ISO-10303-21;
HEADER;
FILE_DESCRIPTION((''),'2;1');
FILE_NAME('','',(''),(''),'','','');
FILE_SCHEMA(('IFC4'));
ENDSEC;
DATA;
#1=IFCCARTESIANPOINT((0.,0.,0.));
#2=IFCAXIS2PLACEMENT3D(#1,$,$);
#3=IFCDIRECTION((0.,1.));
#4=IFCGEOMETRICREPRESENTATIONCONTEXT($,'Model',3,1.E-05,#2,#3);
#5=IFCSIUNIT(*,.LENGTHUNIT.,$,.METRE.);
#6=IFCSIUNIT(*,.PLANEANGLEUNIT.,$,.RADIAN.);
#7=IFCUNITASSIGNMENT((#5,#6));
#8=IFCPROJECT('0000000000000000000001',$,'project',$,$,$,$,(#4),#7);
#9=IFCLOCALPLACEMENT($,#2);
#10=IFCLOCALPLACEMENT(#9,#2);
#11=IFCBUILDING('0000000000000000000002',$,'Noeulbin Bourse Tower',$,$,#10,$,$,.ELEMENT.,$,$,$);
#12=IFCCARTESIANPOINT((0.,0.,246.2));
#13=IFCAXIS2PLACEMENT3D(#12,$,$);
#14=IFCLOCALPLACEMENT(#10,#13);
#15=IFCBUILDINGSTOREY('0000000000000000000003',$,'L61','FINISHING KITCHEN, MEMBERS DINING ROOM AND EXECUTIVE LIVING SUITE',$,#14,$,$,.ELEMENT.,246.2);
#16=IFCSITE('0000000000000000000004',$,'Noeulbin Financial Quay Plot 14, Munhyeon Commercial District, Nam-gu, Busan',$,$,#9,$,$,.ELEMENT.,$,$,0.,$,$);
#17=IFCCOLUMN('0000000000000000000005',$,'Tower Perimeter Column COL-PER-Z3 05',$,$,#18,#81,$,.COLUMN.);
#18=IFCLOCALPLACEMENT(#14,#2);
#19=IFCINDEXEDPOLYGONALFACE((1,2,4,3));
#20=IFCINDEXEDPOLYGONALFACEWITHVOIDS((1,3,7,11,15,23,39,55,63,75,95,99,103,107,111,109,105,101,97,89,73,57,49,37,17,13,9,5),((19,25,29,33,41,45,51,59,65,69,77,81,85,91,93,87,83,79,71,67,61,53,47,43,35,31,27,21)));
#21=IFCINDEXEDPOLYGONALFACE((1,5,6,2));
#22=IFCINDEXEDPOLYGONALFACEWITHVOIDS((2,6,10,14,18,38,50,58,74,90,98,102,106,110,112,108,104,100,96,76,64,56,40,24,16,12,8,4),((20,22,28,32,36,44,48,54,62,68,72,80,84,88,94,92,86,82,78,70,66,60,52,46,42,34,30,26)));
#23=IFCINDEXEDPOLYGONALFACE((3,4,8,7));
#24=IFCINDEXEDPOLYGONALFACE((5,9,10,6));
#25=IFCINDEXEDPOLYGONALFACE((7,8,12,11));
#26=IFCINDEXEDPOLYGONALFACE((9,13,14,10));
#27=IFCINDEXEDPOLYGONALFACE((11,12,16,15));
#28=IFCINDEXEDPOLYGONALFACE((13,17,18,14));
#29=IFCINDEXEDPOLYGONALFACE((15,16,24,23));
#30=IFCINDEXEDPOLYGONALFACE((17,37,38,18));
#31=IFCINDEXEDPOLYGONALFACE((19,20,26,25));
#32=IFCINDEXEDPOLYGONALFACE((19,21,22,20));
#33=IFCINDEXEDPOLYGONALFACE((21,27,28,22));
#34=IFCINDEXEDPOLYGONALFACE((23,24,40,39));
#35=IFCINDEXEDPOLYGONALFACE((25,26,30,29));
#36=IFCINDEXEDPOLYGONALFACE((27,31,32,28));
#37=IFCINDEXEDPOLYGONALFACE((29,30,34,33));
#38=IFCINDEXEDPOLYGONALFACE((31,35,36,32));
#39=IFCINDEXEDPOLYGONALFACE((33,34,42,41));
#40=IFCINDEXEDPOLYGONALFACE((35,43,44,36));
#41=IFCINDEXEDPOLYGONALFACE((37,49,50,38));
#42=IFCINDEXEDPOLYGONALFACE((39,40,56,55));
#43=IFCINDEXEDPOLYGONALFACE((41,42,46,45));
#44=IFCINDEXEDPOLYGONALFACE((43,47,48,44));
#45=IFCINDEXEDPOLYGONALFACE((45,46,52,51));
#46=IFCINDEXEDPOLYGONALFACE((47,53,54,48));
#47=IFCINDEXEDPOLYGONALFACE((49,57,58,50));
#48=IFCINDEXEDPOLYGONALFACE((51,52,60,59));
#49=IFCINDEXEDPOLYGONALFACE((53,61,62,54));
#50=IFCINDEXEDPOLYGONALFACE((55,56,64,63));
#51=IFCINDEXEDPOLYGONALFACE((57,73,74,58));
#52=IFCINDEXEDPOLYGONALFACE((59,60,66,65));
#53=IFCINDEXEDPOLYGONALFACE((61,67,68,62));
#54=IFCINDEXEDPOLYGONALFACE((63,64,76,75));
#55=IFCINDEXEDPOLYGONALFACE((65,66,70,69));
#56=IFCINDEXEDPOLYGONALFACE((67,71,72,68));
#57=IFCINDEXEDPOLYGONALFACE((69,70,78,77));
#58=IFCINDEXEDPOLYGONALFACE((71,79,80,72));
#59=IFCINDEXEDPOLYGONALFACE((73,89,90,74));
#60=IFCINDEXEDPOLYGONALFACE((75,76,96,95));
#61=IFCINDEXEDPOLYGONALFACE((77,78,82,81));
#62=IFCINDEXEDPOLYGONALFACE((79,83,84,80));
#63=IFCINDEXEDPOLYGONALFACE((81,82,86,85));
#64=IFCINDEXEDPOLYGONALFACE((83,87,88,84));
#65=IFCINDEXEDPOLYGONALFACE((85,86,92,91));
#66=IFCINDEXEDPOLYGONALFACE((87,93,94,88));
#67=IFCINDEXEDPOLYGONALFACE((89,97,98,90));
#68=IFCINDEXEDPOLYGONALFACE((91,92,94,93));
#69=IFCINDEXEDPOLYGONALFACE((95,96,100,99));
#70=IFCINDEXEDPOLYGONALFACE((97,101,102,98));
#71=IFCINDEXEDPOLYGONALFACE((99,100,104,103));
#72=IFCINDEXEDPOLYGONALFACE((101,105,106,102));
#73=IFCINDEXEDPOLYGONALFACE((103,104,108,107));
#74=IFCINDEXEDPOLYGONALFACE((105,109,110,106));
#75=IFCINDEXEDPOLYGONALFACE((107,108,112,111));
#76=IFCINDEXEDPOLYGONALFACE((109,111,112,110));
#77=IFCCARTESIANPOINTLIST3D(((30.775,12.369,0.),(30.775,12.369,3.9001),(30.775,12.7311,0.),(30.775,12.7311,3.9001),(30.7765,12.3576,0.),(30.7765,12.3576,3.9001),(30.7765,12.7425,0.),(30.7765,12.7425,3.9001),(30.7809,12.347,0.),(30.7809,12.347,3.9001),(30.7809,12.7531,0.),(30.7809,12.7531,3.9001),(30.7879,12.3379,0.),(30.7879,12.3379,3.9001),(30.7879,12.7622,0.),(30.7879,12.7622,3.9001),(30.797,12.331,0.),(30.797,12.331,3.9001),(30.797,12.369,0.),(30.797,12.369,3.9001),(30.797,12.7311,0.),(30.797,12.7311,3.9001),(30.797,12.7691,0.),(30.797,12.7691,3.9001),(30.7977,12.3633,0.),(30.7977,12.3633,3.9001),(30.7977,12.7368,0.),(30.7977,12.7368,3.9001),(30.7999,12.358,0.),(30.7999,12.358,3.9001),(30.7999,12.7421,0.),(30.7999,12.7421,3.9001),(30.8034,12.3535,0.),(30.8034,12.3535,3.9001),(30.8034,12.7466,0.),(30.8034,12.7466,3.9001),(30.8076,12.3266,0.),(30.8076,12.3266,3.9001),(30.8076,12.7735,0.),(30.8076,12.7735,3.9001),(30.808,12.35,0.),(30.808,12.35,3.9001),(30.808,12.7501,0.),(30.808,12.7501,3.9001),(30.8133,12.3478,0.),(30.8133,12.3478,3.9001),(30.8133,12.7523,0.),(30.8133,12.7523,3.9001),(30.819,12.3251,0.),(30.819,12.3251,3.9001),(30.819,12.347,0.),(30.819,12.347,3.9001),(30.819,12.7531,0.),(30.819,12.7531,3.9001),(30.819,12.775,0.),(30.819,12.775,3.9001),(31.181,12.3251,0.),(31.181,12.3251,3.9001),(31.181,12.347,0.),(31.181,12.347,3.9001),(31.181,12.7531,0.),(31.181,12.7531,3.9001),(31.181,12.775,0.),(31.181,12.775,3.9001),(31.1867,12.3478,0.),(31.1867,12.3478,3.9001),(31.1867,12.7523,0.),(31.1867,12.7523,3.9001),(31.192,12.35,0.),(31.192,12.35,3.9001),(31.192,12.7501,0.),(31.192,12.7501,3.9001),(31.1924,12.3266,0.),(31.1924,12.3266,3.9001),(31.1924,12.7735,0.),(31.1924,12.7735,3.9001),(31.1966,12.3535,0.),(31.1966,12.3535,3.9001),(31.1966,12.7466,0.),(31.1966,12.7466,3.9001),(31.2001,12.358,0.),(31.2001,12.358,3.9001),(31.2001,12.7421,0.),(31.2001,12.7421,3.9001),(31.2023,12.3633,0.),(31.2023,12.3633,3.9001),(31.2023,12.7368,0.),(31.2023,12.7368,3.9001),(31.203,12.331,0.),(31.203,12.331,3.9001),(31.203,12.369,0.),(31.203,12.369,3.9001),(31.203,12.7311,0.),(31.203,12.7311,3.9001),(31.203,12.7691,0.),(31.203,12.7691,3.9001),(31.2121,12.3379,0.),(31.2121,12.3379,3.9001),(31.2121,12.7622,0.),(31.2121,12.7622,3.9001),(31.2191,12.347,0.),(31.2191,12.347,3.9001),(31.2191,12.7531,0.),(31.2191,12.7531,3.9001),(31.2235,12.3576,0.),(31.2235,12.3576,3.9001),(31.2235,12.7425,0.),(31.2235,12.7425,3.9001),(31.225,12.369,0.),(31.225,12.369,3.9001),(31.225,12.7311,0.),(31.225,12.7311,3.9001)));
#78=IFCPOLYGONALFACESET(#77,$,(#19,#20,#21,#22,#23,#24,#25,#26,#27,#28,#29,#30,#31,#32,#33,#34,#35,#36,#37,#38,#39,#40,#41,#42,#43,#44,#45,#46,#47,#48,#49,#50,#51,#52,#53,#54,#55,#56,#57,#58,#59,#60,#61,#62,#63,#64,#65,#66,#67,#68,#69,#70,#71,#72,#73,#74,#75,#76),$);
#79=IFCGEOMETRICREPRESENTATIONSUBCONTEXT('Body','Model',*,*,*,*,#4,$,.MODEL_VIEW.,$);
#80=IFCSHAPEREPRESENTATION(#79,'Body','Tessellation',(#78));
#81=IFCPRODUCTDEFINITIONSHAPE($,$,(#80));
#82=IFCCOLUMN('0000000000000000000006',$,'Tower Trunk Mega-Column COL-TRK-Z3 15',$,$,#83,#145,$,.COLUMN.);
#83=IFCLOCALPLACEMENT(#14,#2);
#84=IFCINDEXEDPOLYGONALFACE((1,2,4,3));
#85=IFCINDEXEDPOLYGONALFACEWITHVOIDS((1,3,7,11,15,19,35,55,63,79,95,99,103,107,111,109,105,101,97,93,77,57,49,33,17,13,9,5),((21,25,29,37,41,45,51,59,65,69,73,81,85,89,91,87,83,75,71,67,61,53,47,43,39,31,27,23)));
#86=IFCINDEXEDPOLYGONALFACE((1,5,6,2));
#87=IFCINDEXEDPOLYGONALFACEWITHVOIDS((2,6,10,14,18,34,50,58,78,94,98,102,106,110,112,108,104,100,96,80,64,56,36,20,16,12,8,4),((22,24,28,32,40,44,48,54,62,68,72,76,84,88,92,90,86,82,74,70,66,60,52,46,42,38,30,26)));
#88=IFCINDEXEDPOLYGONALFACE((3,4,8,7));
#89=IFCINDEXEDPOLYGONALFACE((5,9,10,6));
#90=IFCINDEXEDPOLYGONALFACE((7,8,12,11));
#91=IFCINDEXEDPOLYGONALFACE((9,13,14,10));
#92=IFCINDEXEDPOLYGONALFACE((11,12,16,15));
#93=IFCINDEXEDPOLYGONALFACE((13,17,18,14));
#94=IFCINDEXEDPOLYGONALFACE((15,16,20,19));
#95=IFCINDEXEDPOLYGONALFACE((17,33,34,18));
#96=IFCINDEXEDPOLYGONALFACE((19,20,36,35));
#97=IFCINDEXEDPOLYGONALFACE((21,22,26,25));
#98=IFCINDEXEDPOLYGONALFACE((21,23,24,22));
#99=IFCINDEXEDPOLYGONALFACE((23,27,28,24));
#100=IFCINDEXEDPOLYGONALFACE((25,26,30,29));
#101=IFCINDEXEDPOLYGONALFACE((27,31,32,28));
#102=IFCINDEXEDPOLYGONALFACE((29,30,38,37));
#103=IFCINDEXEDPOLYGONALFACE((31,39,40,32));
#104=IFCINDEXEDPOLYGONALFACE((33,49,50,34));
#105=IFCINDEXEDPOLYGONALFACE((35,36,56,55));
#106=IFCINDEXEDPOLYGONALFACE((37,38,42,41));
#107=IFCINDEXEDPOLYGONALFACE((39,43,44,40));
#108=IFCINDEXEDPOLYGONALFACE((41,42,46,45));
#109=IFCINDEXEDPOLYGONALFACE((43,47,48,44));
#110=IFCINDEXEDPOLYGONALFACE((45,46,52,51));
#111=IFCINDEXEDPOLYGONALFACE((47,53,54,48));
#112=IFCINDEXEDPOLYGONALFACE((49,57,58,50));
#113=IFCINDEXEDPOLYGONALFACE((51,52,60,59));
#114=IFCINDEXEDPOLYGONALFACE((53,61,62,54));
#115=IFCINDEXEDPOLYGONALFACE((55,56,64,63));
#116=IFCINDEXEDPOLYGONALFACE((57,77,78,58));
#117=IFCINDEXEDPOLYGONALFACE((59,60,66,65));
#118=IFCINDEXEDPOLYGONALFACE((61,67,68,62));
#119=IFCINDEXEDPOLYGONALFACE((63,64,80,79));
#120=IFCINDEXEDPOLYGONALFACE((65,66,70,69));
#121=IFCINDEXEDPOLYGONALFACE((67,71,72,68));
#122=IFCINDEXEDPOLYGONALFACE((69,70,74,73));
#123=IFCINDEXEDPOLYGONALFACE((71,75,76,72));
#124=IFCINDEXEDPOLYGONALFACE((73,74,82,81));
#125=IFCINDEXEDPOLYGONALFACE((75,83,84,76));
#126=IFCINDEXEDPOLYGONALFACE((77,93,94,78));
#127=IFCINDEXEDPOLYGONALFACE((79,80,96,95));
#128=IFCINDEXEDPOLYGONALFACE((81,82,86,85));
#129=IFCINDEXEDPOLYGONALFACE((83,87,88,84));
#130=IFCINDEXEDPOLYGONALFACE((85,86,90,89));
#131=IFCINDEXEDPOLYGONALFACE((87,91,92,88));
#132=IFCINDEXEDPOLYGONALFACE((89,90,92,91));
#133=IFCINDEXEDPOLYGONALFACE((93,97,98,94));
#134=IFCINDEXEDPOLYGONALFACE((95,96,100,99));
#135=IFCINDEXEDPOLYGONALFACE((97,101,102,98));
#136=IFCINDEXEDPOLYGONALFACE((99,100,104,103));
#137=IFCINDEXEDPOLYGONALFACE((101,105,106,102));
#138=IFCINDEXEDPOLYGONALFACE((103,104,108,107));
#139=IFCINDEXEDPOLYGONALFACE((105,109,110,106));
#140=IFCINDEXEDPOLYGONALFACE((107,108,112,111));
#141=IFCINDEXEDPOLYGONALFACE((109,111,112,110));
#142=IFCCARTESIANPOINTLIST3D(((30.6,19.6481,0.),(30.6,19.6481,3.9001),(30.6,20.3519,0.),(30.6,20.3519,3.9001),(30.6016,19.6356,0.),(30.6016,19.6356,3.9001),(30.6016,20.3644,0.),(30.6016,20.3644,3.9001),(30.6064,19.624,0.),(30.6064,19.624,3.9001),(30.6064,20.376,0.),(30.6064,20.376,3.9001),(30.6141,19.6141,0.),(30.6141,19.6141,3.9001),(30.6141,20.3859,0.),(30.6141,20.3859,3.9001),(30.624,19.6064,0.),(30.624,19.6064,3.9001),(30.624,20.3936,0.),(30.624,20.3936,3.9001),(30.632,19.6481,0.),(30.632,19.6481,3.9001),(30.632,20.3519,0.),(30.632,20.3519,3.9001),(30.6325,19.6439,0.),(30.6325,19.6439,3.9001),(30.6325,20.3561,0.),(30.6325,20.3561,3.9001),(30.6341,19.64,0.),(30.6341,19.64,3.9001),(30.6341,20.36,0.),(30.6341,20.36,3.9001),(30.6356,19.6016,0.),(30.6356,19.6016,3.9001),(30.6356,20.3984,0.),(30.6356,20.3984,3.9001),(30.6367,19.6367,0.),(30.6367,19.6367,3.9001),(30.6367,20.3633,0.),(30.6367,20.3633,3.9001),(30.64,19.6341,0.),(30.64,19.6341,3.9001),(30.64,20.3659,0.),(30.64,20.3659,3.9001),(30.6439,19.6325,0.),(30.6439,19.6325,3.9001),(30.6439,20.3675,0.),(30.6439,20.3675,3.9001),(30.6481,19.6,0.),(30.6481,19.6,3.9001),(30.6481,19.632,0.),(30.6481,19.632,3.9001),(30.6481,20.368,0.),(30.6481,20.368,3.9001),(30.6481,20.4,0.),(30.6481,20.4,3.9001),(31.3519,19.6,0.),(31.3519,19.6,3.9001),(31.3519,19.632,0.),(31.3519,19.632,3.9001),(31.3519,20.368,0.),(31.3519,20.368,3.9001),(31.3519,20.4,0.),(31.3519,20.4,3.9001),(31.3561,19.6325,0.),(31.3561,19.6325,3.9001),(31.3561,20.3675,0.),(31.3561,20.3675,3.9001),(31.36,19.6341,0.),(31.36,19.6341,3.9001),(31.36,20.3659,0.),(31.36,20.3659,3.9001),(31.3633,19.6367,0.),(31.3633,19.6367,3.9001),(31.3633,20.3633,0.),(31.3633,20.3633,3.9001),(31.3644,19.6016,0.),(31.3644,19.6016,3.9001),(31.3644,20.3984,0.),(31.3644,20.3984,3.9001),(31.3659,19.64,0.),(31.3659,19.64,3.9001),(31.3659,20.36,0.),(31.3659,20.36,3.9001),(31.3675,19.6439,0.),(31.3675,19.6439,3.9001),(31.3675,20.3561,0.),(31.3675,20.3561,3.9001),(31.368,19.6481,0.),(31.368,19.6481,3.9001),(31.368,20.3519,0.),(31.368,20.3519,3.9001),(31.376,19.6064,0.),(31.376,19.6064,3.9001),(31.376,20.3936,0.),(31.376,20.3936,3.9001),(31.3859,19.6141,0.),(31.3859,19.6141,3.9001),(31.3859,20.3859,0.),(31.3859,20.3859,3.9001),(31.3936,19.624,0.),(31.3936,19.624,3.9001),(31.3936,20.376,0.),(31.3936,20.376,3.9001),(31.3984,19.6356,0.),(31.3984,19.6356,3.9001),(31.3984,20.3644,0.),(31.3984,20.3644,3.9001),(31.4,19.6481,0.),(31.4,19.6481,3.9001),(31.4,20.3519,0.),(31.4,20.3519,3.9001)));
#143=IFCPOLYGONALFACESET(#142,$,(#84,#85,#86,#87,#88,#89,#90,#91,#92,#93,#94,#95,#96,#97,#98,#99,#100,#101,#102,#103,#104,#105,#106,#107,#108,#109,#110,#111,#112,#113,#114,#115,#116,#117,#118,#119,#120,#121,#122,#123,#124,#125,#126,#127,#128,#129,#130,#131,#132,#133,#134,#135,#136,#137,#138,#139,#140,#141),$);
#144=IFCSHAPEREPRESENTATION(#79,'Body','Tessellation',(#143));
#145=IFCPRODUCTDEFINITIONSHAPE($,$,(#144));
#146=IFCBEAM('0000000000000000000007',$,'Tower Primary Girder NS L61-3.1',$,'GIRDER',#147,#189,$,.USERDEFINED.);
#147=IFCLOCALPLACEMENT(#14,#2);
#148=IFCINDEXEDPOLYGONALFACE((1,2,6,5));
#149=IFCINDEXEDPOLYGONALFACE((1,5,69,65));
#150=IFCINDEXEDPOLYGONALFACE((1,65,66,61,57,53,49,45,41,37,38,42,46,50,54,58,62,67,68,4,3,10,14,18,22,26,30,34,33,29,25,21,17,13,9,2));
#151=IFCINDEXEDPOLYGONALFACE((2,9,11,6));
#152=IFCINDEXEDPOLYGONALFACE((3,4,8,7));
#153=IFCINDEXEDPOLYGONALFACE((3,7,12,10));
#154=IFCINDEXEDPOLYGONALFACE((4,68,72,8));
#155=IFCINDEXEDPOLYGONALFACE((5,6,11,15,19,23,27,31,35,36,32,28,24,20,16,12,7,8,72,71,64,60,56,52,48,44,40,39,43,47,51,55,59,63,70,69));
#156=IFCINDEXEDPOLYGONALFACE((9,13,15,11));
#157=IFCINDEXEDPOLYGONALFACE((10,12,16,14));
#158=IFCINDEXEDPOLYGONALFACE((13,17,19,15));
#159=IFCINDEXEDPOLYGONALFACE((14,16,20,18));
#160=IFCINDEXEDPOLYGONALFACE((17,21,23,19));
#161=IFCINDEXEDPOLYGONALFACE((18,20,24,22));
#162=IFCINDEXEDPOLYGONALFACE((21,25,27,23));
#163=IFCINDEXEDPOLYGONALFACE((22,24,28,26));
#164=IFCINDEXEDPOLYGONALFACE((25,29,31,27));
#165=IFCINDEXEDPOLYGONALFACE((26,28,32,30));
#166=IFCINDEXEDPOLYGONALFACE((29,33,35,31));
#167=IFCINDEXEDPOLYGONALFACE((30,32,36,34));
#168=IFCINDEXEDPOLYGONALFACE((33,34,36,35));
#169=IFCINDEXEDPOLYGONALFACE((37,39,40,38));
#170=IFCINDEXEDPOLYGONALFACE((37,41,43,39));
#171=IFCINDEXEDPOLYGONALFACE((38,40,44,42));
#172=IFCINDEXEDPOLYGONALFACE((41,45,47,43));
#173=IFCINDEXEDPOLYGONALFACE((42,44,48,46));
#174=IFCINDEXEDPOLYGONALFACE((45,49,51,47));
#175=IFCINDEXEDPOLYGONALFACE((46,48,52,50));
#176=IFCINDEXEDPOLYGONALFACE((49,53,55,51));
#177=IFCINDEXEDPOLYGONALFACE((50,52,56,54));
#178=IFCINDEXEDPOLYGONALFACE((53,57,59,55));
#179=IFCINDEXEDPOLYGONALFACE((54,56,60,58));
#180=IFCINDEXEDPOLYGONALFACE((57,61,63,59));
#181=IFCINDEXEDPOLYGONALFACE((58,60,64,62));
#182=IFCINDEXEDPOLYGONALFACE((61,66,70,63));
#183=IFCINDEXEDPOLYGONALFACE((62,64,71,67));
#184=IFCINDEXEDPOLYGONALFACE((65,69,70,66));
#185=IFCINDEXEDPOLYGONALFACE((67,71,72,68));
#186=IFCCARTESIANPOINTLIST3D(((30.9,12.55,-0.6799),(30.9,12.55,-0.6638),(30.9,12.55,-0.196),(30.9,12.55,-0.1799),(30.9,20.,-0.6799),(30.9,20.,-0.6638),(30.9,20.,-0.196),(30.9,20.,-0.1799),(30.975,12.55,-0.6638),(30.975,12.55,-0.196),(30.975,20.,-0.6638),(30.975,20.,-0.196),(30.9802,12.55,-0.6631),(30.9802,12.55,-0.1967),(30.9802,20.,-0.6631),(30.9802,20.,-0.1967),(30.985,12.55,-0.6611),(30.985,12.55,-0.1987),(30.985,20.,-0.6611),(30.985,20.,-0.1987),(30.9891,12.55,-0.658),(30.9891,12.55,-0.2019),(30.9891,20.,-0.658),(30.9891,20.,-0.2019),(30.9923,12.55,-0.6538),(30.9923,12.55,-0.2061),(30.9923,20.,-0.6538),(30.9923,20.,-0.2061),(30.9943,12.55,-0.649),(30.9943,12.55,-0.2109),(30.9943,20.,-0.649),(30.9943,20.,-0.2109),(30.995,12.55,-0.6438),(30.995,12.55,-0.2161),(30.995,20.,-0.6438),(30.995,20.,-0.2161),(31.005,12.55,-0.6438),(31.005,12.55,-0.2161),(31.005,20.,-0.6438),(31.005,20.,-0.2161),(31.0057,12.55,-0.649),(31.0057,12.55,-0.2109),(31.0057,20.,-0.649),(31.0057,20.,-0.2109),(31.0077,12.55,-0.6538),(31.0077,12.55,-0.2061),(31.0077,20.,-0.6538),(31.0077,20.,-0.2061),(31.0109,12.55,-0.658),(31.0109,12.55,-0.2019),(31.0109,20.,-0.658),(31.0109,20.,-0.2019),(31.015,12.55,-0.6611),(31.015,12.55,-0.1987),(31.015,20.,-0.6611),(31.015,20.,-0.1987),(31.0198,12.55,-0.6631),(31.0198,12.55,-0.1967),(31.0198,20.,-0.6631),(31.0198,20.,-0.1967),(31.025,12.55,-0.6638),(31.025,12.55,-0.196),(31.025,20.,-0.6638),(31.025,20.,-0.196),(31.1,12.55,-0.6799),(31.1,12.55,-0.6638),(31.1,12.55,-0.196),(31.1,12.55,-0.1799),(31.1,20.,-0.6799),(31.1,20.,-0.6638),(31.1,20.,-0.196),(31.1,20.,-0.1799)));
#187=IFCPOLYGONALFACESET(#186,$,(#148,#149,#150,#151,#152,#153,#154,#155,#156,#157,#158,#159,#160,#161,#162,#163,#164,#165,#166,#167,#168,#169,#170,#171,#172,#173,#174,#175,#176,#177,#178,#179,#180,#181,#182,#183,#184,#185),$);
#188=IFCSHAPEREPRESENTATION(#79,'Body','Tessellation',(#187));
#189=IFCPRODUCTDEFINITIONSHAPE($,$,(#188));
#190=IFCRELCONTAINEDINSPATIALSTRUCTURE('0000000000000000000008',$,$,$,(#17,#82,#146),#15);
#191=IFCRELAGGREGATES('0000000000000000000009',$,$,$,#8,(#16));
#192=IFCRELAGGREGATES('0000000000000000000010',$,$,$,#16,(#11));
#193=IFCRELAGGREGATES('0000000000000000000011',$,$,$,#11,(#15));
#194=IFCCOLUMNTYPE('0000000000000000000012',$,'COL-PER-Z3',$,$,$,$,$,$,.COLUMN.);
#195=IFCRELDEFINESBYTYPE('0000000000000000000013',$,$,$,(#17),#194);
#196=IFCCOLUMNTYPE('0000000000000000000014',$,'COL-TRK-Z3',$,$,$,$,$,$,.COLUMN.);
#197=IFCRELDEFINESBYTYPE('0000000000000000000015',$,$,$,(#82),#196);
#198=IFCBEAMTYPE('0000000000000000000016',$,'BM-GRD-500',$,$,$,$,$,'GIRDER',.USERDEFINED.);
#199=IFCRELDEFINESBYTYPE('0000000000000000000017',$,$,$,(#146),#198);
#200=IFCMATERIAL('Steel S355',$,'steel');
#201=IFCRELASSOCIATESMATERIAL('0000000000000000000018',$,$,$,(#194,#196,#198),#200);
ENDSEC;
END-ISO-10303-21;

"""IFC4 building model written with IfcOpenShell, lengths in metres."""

from ifc_helpers import new_model, si_unit, direction, frame, origin, origin_2d, place, context, subcontext, project, spatial, hollow_rectangle, i_section, extrude, material, material_profile, profile_set, type_object, element, save


model = new_model("IFC4")

# Units and contexts
model_context = context("Model", 3, precision=1e-05, world=origin(), true_north=direction((0.0, 1.0)))
body_context = subcontext(model_context, "Body", "Model", "MODEL_VIEW")
ifc_project = project(units=[si_unit("LENGTHUNIT", "METRE"), si_unit("PLANEANGLEUNIT", "RADIAN")], contexts=[model_context])

# Site, building, storey
site_placement = place(None, origin())
site = spatial("IfcSite", under=ifc_project, at=site_placement, Name="Noeulbin Financial Quay Plot 14, Munhyeon Commercial District, Nam-gu, Busan", CompositionType="ELEMENT", RefElevation=0.0)
building_placement = place(site_placement, origin())
building = spatial("IfcBuilding", under=site, at=building_placement, Name="Noeulbin Bourse Tower", CompositionType="ELEMENT")
storey_placement = place(building_placement, frame((0.0, 0.0, 246.2)))
storey = spatial("IfcBuildingStorey", under=building, at=storey_placement, Name="L61", Description="FINISHING KITCHEN, MEMBERS DINING ROOM AND EXECUTIVE LIVING SUITE", CompositionType="ELEMENT", Elevation=246.2)

# Columns
ifc_material_1 = material(Name="Steel S355", Category="steel")
ifc_material_profile_1 = material_profile(ifc_material_1, hollow_rectangle(XDim=0.45, YDim=0.45, WallThickness=0.022, InnerFilletRadius=0.022, OuterFilletRadius=0.0439, at=origin_2d()), Name="SHS-450x450x22", Category="LoadBearing")
ifc_profile_set_1 = profile_set([ifc_material_profile_1], Name="Steel S355")
column_type_1 = type_object("IfcColumnType", Name="COL-PER-Z3", PredefinedType="COLUMN", material=ifc_profile_set_1)
column_1_placement = place(storey_placement, frame((31.0, 12.55, 0.0), z_axis=(0.0, 0.0, 1.0), x_axis=(1.0, 0.0, 0.0)))
element("IfcColumn", 1, at=column_1_placement, inside=storey, type_object=column_type_1, Name="Tower Perimeter Column COL-PER-Z3 05", PredefinedType="COLUMN", context=body_context, shape_type="SweptSolid", body=[
    extrude(hollow_rectangle(XDim=0.45, YDim=0.45, WallThickness=0.022, InnerFilletRadius=0.022, OuterFilletRadius=0.0439, at=origin_2d()), origin(), (0.0, 0.0, 1.0), 3.9001),
])
ifc_material_profile_2 = material_profile(ifc_material_1, hollow_rectangle(XDim=0.8, YDim=0.8, WallThickness=0.032, InnerFilletRadius=0.0161, OuterFilletRadius=0.0481, at=origin_2d()), Name="BOX-800x800x32", Category="LoadBearing")
ifc_profile_set_2 = profile_set([ifc_material_profile_2], Name="Steel S355")
column_type_2 = type_object("IfcColumnType", Name="COL-TRK-Z3", PredefinedType="COLUMN", material=ifc_profile_set_2)
column_2_placement = place(storey_placement, frame((31.0, 20.0, 0.0), z_axis=(0.0, 0.0, 1.0), x_axis=(1.0, 0.0, 0.0)))
element("IfcColumn", 2, at=column_2_placement, inside=storey, type_object=column_type_2, Name="Tower Trunk Mega-Column COL-TRK-Z3 15", PredefinedType="COLUMN", context=body_context, shape_type="SweptSolid", body=[
    extrude(hollow_rectangle(XDim=0.8, YDim=0.8, WallThickness=0.032, InnerFilletRadius=0.0161, OuterFilletRadius=0.0481, at=origin_2d()), origin(), (0.0, 0.0, 1.0), 3.9001),
])

# Beam
ifc_material_profile_3 = material_profile(ifc_material_1, i_section(OverallWidth=0.2, OverallDepth=0.5, WebThickness=0.01, FlangeThickness=0.0161, FilletRadius=0.02, at=origin_2d()), Name="H-500x200x10x16", Category="LoadBearing")
ifc_profile_set_3 = profile_set([ifc_material_profile_3], Name="Steel S355")
beam_type_1 = type_object("IfcBeamType", Name="BM-GRD-500", ElementType="GIRDER", PredefinedType="USERDEFINED", material=ifc_profile_set_3)
beam_1_placement = place(storey_placement, frame((31.0, 12.55, -0.4299), z_axis=(0.0, 1.0, 0.0), x_axis=(-1.0, 0.0, 0.0)))
element("IfcBeam", 3, at=beam_1_placement, inside=storey, type_object=beam_type_1, Name="Tower Primary Girder NS L61-3.1", ObjectType="GIRDER", PredefinedType="USERDEFINED", context=body_context, shape_type="SweptSolid", body=[
    extrude(i_section(OverallWidth=0.2, OverallDepth=0.5, WebThickness=0.01, FlangeThickness=0.0161, FilletRadius=0.02, at=origin_2d()), origin(), (0.0, 0.0, 1.0), 7.45),
])

save(model, "model.ifc")
